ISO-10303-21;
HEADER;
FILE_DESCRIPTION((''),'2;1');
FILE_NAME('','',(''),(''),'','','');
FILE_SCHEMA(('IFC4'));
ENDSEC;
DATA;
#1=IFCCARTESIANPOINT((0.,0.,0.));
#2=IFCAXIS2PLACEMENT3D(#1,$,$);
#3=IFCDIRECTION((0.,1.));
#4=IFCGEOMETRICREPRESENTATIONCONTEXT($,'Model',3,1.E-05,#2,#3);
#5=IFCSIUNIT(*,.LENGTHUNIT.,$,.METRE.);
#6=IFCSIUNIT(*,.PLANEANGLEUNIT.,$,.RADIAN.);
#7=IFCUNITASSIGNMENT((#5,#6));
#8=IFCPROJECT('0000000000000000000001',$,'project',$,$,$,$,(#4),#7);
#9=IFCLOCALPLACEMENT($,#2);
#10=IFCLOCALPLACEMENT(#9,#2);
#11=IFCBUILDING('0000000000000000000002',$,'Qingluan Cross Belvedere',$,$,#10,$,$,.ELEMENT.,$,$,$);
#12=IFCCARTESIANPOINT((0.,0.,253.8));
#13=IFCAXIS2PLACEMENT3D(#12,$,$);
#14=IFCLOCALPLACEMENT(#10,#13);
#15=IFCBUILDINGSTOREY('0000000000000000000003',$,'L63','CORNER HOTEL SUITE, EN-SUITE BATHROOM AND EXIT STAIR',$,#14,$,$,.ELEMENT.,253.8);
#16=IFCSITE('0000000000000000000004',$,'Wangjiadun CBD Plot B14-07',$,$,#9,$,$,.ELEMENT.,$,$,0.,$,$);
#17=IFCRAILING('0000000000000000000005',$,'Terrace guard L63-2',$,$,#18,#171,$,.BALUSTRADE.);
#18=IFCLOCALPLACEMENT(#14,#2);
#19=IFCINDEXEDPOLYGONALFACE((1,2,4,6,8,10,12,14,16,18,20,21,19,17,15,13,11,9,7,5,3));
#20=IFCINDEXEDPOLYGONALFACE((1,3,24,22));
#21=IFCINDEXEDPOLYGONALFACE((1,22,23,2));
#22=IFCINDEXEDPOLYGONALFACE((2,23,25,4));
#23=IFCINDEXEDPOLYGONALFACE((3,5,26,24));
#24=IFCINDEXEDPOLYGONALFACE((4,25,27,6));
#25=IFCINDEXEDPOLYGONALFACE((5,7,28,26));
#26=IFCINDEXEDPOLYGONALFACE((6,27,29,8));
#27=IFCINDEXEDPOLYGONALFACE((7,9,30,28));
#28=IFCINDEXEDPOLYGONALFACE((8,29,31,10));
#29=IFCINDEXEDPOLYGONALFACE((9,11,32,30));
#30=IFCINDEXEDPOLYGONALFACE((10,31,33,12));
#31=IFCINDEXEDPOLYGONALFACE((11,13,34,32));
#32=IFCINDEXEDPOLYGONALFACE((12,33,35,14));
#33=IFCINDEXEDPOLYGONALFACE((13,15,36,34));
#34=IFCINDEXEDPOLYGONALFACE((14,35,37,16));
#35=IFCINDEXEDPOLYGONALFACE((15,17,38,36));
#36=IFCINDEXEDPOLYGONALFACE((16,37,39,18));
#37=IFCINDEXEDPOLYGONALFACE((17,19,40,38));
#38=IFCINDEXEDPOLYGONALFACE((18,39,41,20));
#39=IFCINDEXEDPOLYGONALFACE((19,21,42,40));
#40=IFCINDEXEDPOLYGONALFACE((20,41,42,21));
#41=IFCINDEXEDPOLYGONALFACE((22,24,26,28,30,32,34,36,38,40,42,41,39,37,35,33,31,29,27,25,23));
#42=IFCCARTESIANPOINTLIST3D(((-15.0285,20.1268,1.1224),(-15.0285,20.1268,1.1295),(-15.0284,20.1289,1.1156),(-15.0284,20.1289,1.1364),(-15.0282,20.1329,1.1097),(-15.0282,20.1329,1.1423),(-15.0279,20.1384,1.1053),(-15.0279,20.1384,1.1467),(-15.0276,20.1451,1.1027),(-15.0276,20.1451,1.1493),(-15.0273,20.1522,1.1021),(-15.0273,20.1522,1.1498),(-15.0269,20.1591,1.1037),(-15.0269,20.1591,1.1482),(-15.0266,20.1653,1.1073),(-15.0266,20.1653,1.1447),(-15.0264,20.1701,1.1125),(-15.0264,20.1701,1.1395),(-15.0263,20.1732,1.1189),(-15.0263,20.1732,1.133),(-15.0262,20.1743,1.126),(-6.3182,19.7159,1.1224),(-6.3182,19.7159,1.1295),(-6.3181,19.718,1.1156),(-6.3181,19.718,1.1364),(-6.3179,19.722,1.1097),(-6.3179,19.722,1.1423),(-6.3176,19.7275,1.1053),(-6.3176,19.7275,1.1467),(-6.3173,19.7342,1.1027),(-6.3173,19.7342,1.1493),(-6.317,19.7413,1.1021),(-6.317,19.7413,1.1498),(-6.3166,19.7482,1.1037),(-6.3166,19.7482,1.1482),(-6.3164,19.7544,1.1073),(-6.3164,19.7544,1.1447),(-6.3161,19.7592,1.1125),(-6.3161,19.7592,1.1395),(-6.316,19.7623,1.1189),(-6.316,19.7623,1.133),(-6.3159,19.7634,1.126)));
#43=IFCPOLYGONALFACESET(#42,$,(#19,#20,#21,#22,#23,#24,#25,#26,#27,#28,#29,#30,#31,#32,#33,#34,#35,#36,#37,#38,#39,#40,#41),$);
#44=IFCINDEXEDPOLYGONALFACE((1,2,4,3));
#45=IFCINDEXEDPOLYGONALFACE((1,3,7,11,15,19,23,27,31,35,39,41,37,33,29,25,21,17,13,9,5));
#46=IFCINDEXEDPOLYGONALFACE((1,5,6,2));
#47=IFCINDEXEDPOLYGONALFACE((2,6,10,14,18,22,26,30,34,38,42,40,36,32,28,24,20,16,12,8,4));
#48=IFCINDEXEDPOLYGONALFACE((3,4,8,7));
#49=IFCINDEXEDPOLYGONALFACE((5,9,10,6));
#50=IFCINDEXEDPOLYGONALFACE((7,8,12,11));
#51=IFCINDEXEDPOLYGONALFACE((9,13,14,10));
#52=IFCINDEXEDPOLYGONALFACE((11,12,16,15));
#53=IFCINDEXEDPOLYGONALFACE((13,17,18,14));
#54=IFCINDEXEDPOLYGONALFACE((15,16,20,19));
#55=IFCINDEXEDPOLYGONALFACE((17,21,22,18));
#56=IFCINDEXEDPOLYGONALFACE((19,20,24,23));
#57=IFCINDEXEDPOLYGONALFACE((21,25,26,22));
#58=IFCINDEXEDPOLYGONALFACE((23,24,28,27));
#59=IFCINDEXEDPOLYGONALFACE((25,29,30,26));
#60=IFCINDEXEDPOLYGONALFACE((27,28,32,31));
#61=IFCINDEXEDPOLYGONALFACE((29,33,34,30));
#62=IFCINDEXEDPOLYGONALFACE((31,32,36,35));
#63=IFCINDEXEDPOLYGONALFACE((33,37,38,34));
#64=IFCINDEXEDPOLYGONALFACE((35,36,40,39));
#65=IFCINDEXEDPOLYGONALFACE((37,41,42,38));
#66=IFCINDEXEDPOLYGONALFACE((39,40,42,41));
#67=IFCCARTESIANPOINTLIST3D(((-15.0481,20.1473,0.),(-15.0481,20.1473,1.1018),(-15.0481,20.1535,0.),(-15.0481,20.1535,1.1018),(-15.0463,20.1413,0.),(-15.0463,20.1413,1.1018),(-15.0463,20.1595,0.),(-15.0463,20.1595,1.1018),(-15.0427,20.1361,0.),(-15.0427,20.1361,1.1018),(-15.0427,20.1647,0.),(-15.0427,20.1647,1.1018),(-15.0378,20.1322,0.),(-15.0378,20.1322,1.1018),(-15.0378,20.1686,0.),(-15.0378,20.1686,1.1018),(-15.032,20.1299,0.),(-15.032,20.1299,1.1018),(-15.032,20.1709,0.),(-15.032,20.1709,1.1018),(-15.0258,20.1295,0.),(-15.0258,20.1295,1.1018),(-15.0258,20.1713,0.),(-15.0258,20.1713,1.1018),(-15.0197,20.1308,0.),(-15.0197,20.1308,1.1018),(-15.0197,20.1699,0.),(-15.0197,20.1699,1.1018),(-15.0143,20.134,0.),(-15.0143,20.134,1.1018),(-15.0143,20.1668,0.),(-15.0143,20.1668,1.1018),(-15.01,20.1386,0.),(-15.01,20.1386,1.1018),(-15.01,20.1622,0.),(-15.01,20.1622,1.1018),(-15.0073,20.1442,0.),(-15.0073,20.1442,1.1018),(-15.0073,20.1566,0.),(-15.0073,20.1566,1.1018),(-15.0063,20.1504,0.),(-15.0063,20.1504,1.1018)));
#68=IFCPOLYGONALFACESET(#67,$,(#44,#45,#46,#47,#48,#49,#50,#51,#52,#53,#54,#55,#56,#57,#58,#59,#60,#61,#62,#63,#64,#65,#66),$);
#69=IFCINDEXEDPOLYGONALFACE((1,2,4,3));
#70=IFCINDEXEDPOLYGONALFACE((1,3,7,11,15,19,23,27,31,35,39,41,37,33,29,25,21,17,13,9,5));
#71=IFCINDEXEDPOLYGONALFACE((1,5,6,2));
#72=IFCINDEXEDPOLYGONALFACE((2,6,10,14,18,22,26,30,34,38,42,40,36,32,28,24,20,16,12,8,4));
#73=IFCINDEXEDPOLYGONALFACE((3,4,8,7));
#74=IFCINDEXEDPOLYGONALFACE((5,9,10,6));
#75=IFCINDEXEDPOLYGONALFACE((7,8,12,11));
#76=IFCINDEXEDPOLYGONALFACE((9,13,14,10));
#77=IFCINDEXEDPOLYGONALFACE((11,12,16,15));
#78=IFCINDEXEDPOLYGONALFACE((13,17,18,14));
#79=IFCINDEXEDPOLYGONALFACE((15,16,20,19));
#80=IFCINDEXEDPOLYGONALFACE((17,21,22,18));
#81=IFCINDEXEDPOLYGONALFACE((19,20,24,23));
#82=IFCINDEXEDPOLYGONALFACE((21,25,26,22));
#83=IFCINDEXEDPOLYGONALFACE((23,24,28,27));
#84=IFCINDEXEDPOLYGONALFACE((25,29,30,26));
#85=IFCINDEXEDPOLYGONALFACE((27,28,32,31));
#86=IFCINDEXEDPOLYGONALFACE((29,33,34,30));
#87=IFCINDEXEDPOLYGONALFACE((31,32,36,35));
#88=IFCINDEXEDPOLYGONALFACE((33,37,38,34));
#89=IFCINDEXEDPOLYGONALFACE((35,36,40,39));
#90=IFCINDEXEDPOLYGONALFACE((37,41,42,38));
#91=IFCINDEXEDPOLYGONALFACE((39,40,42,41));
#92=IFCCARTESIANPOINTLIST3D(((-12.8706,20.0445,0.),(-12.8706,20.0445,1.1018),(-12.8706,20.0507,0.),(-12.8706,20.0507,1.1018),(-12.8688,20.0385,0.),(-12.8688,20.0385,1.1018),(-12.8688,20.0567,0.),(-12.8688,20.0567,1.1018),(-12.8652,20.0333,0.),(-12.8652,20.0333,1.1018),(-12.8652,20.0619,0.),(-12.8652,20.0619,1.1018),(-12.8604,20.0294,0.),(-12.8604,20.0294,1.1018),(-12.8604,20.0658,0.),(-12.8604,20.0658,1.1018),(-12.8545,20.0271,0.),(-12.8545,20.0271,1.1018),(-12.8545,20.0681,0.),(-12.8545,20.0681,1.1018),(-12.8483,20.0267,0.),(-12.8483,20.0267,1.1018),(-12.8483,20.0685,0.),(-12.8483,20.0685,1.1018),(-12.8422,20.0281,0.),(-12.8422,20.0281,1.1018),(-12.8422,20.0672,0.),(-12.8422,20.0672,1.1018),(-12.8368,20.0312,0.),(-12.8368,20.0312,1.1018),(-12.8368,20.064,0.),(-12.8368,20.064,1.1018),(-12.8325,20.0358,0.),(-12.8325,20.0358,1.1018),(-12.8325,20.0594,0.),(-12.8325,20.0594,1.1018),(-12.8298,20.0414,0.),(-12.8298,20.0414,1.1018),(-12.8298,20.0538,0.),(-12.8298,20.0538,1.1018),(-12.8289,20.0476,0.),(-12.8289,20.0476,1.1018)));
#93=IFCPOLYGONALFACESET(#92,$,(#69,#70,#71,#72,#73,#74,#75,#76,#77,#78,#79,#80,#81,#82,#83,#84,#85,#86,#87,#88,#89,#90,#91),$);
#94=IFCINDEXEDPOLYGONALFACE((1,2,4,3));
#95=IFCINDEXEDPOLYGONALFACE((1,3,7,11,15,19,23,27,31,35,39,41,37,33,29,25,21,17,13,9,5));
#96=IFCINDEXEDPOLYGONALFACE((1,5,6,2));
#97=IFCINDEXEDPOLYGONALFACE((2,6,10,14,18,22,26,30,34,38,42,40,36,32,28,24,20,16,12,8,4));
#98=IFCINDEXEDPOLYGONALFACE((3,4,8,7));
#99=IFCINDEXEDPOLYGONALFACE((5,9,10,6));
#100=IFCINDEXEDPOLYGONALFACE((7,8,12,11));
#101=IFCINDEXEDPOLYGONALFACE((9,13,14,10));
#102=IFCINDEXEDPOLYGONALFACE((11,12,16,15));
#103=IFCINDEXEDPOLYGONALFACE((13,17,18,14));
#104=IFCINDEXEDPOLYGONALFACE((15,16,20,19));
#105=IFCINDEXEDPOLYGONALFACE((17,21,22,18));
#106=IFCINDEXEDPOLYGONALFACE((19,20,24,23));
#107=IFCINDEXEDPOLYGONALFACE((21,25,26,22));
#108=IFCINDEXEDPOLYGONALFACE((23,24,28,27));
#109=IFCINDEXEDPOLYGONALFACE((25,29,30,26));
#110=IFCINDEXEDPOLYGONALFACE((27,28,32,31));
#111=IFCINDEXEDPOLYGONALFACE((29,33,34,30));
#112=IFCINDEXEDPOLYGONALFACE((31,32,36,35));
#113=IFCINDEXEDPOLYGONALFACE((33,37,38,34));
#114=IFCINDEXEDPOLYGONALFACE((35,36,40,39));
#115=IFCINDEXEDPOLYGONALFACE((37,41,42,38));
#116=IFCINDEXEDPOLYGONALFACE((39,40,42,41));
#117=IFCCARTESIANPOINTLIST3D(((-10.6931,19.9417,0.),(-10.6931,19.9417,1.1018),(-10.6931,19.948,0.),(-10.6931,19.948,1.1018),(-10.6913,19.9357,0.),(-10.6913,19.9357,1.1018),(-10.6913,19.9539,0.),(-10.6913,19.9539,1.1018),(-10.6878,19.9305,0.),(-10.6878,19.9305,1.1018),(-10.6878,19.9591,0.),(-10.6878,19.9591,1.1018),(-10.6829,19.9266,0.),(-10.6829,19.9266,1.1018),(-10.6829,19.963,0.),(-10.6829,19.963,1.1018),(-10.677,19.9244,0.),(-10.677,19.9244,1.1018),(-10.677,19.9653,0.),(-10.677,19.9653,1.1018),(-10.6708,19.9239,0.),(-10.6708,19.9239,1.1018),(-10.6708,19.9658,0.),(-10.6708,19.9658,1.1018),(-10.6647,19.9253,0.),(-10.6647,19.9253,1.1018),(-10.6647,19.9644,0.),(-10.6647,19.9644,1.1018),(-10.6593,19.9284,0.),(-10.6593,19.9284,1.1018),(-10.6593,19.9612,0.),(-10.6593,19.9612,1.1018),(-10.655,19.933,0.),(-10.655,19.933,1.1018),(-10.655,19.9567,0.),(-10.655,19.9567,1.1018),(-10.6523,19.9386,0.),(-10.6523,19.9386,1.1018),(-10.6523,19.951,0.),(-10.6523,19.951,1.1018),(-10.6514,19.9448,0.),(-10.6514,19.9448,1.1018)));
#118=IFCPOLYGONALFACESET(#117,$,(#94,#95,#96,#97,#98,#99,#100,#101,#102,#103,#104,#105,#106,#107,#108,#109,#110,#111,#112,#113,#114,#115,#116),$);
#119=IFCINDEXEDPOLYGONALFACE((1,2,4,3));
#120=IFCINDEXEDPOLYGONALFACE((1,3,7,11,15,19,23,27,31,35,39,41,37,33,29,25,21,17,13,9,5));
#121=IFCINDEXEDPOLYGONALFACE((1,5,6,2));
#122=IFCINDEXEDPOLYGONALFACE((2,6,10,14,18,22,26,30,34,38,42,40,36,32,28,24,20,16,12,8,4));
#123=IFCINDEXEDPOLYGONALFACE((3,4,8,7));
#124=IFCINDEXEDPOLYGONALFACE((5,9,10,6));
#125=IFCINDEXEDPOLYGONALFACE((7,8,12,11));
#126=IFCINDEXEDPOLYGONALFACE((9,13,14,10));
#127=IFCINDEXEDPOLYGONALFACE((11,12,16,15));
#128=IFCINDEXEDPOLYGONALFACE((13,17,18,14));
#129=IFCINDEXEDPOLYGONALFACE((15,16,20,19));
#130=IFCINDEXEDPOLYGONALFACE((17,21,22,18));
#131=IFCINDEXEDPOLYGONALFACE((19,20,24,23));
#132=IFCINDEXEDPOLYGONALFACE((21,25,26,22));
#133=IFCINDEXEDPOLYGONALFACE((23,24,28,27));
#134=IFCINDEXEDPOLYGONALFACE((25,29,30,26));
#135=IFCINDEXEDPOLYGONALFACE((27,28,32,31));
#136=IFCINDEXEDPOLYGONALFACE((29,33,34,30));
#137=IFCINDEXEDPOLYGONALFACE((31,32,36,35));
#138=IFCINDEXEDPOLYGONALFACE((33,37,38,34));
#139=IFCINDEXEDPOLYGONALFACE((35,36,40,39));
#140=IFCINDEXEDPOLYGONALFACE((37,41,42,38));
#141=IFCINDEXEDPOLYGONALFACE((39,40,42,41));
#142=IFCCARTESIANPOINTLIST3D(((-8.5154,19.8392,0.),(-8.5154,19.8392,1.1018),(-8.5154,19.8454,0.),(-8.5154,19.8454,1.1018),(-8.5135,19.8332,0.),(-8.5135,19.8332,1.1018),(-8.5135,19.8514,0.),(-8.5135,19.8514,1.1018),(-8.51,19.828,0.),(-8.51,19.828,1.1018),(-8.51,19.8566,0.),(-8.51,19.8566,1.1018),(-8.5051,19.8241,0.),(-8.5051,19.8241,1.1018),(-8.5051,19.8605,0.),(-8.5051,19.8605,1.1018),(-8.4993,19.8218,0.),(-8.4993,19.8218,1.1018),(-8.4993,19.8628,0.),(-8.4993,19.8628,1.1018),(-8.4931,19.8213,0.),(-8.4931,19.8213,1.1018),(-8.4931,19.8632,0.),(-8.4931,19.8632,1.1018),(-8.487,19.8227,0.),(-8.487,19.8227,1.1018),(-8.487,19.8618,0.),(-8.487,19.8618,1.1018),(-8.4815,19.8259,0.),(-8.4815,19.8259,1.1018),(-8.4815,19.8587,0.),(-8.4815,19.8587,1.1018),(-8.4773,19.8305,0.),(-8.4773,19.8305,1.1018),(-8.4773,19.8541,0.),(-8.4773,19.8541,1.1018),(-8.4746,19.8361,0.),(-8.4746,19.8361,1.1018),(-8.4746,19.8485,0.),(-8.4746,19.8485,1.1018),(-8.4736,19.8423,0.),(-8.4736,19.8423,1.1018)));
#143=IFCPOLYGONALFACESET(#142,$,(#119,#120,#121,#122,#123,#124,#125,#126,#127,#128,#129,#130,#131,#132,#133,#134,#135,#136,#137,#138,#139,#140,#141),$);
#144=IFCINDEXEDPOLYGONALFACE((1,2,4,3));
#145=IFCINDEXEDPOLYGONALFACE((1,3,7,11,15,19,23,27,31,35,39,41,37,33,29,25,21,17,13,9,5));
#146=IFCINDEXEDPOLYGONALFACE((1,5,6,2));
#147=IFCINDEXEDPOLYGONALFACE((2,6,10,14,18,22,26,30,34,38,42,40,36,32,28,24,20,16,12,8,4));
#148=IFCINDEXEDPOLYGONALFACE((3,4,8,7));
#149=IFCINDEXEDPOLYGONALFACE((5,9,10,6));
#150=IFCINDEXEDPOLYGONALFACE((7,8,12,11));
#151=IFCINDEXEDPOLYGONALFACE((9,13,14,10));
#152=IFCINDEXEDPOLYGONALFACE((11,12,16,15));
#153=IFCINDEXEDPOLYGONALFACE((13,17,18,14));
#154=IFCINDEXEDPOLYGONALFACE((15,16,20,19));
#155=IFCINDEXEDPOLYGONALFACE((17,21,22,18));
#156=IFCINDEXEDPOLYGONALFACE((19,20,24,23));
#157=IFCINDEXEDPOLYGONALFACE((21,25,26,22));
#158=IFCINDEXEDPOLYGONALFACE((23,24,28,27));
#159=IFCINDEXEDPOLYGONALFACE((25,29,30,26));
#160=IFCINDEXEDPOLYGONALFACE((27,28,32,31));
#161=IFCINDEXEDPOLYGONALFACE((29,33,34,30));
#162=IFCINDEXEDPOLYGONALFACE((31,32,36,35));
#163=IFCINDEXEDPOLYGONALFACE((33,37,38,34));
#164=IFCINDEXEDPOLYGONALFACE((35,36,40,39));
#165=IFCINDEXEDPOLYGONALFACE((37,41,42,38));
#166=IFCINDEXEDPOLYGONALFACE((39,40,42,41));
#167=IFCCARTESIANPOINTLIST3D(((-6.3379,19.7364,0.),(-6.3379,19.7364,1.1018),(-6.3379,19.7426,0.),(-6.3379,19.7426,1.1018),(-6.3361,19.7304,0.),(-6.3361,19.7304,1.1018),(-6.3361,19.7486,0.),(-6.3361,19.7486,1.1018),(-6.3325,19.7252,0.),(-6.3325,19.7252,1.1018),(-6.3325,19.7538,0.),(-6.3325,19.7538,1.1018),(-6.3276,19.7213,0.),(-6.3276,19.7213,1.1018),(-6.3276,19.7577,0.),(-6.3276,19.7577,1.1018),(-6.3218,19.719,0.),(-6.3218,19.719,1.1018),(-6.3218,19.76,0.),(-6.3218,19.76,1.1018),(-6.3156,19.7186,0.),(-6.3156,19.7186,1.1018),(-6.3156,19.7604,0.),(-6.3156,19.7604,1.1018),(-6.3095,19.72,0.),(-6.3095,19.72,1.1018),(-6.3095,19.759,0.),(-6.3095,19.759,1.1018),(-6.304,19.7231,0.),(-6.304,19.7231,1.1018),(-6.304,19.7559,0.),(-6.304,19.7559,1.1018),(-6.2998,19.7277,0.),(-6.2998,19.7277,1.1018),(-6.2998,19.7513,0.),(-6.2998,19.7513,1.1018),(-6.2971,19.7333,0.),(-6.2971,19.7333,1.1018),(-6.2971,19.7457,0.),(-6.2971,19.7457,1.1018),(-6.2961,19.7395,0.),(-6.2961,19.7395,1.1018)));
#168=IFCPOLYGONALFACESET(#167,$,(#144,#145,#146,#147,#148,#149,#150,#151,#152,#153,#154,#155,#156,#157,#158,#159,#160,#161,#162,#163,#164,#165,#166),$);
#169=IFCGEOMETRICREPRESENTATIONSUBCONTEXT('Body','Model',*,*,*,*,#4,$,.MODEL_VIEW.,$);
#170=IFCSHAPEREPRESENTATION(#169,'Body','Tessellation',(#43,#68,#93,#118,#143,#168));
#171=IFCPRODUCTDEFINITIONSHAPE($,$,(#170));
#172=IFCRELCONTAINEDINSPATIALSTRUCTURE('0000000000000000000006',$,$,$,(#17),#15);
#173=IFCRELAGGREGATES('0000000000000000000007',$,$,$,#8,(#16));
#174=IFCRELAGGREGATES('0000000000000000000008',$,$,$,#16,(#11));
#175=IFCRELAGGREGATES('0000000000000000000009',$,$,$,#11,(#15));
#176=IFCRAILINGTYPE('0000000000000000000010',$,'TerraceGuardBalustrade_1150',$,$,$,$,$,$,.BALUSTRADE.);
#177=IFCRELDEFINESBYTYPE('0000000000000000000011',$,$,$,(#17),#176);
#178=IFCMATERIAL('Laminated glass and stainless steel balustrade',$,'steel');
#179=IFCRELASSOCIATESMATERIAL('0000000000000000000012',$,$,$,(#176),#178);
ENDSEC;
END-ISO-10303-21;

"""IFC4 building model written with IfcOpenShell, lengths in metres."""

from ifc_helpers import new_model, si_unit, direction, frame, origin, origin_2d, place, context, subcontext, project, spatial, circle, extrude, material, type_object, element, save


model = new_model("IFC4")

# Units and contexts
model_context = context("Model", 3, precision=1e-05, world=origin(), true_north=direction((0.0, 1.0)))
body_context = subcontext(model_context, "Body", "Model", "MODEL_VIEW")
ifc_project = project(units=[si_unit("LENGTHUNIT", "METRE"), si_unit("PLANEANGLEUNIT", "RADIAN")], contexts=[model_context])

# Site, building, storey
site_placement = place(None, origin())
site = spatial("IfcSite", under=ifc_project, at=site_placement, Name="Wangjiadun CBD Plot B14-07", CompositionType="ELEMENT", RefElevation=0.0)
building_placement = place(site_placement, origin())
building = spatial("IfcBuilding", under=site, at=building_placement, Name="Qingluan Cross Belvedere", CompositionType="ELEMENT")
storey_placement = place(building_placement, frame((0.0, 0.0, 253.8)))
storey = spatial("IfcBuildingStorey", under=building, at=storey_placement, Name="L63", Description="CORNER HOTEL SUITE, EN-SUITE BATHROOM AND EXIT STAIR", CompositionType="ELEMENT", Elevation=253.8)

# Railing
ifc_material_1 = material(Name="Laminated glass and stainless steel balustrade", Category="steel")
railing_type = type_object("IfcRailingType", Name="TerraceGuardBalustrade_1150", PredefinedType="BALUSTRADE", material=ifc_material_1)
railing_1_placement = place(storey_placement, frame((-15.0273, 20.1504, 0.0)))
element("IfcRailing", 1, at=railing_1_placement, inside=storey, type_object=railing_type, Name="Terrace guard L63-2", PredefinedType="BALUSTRADE", context=body_context, shape_type="SweptSolid", body=[
    extrude(circle(Radius=0.0239, at=origin_2d()), frame((0.0, 0.0, 1.126), z_axis=(0.998889, -0.047121, 0.0), x_axis=(0.047121, 0.998889, 0.0)), (0.0, 0.0, 1.0), 8.72),
    extrude(circle(Radius=0.021, at=origin_2d()), origin(), (0.0, 0.0, 1.0), 1.1018),
    extrude(circle(Radius=0.021, at=origin_2d()), frame((2.1775, -0.1028, 0.0)), (0.0, 0.0, 1.0), 1.1018),
    extrude(circle(Radius=0.021, at=origin_2d()), frame((4.355, -0.2056, 0.0)), (0.0, 0.0, 1.0), 1.1018),
    extrude(circle(Radius=0.021, at=origin_2d()), frame((6.5327, -0.3081, 0.0)), (0.0, 0.0, 1.0), 1.1018),
    extrude(circle(Radius=0.021, at=origin_2d()), frame((8.7102, -0.4109, 0.0)), (0.0, 0.0, 1.0), 1.1018),
])

save(model, "model.ifc")
